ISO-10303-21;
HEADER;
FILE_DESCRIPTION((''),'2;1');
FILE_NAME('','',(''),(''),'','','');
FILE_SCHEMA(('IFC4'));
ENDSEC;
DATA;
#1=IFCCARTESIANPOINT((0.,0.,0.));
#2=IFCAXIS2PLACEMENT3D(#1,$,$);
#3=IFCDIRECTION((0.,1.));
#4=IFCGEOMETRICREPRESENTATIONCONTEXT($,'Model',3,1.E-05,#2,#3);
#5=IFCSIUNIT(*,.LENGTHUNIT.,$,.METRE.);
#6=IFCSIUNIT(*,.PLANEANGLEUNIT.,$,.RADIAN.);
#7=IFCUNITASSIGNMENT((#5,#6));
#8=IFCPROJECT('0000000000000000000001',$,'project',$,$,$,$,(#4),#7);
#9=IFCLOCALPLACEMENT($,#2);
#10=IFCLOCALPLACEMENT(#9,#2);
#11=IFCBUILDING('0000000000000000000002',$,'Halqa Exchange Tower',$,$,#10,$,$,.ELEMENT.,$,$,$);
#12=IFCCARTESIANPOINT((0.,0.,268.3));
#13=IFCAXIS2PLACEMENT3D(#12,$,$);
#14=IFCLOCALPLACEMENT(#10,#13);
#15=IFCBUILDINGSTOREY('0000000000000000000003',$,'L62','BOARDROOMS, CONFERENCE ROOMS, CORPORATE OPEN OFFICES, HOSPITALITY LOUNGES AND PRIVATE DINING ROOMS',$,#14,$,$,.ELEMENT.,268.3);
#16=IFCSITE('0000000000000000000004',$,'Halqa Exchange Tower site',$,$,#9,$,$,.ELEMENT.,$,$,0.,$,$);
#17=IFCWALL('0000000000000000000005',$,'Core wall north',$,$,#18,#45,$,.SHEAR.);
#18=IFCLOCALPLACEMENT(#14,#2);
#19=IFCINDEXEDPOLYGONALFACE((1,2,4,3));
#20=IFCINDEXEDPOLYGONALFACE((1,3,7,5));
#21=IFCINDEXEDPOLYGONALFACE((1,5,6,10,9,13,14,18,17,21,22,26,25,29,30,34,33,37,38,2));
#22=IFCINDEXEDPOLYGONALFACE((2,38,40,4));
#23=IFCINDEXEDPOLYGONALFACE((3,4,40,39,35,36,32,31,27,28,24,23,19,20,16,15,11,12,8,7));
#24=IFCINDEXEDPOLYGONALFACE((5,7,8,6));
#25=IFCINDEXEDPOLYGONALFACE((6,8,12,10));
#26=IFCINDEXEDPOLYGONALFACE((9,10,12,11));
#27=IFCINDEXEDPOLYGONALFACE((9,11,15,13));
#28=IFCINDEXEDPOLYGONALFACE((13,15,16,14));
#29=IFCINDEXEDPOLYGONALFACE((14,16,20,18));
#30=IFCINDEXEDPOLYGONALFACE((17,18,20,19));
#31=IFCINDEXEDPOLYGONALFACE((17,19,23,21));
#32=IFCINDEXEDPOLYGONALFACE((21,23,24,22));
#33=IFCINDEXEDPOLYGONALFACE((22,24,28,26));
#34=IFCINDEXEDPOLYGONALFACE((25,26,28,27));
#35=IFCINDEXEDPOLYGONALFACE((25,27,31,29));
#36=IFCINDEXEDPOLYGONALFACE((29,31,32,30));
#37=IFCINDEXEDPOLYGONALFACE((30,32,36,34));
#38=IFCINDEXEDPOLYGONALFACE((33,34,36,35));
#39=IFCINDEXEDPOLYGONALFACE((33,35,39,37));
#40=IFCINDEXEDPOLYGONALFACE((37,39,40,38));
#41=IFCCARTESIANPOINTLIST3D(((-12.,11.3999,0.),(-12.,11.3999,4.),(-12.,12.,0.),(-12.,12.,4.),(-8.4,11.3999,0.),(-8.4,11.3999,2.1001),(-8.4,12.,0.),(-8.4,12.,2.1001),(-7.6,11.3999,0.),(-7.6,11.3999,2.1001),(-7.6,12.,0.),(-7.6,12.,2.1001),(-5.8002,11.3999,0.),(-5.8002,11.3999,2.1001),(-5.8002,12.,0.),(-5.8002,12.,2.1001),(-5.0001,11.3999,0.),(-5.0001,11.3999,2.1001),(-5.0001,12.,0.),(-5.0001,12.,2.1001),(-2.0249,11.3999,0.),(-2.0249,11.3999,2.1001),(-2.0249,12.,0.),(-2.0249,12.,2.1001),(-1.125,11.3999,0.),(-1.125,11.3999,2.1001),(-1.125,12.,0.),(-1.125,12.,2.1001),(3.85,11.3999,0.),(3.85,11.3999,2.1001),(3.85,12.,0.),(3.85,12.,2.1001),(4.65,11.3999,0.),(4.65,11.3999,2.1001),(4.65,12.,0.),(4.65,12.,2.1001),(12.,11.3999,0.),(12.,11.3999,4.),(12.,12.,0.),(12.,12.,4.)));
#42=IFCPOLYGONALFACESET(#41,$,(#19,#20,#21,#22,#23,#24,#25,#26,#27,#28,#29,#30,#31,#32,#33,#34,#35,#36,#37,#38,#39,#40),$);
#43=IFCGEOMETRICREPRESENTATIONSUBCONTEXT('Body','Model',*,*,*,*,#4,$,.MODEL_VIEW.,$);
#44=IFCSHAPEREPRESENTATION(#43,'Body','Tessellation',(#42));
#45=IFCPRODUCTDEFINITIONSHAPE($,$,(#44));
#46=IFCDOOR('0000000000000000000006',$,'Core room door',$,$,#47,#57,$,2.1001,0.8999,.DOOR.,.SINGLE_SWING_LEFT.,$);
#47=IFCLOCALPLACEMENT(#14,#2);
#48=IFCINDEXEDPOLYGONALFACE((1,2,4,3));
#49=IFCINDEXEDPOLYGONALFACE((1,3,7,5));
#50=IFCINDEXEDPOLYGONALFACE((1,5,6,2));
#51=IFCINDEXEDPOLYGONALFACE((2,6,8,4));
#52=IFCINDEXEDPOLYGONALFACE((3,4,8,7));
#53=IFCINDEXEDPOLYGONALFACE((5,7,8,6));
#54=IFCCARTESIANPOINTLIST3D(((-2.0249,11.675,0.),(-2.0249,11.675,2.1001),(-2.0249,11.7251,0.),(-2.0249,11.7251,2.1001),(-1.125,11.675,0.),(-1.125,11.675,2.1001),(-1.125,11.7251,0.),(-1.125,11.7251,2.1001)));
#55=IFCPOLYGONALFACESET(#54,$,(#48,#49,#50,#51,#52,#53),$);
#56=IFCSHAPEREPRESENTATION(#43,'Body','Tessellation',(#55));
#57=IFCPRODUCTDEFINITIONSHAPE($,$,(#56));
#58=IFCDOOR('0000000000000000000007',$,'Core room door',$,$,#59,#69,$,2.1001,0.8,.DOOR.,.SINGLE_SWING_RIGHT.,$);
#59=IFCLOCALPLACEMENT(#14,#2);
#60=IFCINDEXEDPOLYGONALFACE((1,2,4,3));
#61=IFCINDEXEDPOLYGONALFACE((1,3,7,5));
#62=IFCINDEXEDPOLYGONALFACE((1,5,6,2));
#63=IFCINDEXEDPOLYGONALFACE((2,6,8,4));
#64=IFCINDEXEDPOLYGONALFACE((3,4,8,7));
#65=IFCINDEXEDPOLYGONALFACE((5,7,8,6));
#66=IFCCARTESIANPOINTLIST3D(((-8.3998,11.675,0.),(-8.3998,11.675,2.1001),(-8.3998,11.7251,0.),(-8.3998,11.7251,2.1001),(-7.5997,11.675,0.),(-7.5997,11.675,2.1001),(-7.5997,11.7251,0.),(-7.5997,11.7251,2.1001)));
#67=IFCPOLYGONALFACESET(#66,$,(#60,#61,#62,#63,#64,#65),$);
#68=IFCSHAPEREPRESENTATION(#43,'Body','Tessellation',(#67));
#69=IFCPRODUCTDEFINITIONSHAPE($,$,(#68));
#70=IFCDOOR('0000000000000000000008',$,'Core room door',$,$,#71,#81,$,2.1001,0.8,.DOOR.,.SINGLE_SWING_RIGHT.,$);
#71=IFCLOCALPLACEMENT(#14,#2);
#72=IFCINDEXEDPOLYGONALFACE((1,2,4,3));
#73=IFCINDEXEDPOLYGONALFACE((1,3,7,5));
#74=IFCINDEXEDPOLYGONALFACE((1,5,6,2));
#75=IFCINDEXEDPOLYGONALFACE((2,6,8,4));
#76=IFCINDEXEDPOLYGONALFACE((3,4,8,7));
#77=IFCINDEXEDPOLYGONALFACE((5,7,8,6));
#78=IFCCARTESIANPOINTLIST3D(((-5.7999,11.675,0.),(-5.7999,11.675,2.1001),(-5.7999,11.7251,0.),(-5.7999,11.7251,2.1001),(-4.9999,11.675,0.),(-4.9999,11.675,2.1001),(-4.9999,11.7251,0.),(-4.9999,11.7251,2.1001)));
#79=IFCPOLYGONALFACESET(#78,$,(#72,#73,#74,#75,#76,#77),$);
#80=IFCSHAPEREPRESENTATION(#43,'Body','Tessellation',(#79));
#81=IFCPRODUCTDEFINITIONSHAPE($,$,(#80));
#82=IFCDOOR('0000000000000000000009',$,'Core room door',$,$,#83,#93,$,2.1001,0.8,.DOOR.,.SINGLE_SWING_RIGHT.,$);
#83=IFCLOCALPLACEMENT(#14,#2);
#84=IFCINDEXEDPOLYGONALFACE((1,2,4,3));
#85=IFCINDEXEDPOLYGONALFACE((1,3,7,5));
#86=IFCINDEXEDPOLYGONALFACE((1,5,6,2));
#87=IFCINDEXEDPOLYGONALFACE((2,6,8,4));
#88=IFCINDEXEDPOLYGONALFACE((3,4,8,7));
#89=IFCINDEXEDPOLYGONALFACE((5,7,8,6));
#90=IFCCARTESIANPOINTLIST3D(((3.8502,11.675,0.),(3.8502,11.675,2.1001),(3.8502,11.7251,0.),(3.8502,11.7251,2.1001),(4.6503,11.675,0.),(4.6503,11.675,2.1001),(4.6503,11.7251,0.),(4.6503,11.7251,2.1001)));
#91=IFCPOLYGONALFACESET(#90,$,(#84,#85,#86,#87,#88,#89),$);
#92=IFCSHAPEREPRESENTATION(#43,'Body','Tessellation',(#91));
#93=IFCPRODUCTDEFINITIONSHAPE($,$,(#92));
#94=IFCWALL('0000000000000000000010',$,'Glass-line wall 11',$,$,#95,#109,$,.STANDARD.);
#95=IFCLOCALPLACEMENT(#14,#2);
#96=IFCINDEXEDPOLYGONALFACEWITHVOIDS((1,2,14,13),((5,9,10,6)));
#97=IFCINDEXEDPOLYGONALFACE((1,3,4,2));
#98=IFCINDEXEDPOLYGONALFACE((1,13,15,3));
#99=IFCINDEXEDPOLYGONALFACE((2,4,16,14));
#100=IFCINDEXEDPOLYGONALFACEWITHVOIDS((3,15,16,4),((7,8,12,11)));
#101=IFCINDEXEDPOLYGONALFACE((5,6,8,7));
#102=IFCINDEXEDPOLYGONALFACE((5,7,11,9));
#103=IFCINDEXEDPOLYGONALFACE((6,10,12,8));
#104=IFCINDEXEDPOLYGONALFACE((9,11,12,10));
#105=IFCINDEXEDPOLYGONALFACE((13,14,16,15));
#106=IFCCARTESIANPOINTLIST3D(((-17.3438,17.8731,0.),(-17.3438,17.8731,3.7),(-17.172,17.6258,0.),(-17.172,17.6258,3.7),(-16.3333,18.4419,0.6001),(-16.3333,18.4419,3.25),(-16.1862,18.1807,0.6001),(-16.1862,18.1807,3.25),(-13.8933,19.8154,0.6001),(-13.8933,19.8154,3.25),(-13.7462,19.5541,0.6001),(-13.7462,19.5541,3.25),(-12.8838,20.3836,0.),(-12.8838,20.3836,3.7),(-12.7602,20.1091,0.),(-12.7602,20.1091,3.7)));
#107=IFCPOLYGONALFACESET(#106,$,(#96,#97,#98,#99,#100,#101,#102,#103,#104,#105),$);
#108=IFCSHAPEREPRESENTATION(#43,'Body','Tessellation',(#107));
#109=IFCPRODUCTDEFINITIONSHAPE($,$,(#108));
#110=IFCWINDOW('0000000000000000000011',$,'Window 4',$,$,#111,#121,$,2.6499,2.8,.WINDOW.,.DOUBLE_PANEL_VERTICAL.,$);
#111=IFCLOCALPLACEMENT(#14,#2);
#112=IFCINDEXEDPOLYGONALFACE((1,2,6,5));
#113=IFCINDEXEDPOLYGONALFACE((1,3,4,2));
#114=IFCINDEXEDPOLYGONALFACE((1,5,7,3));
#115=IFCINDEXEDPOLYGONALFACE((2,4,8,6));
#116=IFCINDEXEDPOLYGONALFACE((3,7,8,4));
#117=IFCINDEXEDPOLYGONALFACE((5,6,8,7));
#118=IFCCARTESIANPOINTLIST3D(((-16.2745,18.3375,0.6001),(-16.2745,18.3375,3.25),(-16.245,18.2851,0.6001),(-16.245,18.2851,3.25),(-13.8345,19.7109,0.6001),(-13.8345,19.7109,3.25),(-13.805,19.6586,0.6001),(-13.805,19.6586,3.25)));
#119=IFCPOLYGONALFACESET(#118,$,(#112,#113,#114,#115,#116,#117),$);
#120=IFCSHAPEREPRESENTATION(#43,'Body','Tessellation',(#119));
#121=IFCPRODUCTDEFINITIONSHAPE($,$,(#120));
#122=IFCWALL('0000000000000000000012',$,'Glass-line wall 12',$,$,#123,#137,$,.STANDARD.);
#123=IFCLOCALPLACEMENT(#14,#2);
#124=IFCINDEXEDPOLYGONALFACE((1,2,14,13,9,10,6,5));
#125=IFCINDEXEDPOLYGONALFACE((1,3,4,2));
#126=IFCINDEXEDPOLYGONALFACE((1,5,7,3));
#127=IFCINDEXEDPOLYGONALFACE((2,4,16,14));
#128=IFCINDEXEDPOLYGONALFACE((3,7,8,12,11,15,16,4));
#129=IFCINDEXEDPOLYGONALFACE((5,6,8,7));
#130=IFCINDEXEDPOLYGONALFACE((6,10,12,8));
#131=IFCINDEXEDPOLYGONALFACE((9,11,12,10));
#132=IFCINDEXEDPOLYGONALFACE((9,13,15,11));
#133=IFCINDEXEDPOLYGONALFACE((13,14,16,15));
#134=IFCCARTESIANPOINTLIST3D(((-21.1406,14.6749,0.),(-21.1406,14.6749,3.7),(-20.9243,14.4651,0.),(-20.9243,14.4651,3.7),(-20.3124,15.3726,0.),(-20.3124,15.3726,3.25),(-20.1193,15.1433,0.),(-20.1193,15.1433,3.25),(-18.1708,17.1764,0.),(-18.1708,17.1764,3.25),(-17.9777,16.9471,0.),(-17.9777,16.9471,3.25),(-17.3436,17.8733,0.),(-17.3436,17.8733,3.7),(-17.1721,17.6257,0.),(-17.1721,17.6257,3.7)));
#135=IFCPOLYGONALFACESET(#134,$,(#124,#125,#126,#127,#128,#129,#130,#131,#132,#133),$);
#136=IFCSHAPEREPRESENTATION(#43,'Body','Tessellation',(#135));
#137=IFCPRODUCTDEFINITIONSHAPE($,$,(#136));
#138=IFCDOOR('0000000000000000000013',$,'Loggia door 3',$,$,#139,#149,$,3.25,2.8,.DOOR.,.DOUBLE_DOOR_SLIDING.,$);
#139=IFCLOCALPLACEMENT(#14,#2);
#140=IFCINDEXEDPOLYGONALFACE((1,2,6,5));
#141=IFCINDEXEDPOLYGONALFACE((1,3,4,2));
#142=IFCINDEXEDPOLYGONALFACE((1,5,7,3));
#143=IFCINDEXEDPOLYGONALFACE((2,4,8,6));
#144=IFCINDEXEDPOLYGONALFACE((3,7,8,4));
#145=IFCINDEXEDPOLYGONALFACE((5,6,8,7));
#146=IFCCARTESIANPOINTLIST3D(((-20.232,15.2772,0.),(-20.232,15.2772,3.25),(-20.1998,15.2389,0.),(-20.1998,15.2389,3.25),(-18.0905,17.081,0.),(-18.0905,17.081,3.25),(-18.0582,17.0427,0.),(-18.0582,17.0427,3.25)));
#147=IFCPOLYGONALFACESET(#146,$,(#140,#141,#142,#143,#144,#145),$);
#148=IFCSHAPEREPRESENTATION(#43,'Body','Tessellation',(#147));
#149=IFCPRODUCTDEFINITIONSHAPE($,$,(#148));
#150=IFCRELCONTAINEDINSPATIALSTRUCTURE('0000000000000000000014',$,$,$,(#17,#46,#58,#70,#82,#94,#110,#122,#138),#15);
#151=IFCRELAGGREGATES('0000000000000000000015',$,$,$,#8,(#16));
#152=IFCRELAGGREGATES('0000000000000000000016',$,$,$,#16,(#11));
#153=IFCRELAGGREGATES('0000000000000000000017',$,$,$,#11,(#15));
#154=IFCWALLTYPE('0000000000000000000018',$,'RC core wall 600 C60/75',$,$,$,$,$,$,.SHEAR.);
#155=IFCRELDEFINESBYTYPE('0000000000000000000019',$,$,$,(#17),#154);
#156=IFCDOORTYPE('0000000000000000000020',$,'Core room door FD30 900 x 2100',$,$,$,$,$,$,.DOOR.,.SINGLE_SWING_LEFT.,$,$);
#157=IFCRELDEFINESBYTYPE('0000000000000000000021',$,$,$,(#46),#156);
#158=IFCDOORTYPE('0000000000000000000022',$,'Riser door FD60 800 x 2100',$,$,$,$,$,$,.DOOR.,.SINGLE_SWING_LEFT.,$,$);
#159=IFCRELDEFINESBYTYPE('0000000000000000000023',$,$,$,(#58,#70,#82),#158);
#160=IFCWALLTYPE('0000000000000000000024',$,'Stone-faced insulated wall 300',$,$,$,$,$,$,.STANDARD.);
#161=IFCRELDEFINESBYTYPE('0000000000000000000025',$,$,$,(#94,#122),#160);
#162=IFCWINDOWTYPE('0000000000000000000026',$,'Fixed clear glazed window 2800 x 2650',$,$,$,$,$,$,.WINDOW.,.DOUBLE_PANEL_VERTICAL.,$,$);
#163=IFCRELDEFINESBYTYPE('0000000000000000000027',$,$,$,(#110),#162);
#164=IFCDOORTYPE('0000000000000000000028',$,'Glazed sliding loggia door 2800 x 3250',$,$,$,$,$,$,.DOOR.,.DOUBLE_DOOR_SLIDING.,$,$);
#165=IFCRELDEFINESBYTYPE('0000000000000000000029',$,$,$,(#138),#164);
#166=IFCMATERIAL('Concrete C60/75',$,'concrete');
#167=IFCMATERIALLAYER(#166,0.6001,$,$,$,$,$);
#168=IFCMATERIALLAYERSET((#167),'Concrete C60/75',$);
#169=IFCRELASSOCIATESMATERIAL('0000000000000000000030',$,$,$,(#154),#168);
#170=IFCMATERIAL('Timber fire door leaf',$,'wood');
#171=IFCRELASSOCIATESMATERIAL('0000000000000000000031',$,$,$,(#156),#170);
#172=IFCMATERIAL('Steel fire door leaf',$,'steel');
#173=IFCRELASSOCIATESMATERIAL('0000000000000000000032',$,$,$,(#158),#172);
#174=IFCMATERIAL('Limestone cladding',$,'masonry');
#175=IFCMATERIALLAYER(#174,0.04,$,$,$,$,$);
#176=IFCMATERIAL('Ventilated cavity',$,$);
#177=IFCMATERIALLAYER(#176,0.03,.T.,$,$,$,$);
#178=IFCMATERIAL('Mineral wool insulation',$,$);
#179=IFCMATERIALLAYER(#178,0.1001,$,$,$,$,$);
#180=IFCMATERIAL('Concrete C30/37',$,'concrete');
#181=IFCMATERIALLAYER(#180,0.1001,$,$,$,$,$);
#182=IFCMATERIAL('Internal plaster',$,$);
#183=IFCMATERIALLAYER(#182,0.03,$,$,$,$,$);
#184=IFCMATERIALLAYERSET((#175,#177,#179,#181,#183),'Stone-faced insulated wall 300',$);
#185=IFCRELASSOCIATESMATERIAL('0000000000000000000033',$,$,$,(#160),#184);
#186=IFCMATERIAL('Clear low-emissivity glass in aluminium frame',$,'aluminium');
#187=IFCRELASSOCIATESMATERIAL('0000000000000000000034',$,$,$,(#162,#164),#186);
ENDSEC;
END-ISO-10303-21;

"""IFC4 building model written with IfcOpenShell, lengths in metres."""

from ifc_helpers import new_model, si_unit, direction, frame, frame_2d, origin, place, context, subcontext, project, spatial, polyline, rectangle, outline, extrude, material, layer, layer_set, type_object, element, fill, save


model = new_model("IFC4")

# Units and contexts
model_context = context("Model", 3, precision=1e-05, world=origin(), true_north=direction((0.0, 1.0)))
body_context = subcontext(model_context, "Body", "Model", "MODEL_VIEW")
ifc_project = project(units=[si_unit("LENGTHUNIT", "METRE"), si_unit("PLANEANGLEUNIT", "RADIAN")], contexts=[model_context])

# Site, building, storey
site_placement = place(None, origin())
site = spatial("IfcSite", under=ifc_project, at=site_placement, Name="Halqa Exchange Tower site", CompositionType="ELEMENT", RefElevation=0.0)
building_placement = place(site_placement, origin())
building = spatial("IfcBuilding", under=site, at=building_placement, Name="Halqa Exchange Tower", CompositionType="ELEMENT")
storey_placement = place(building_placement, frame((0.0, 0.0, 268.3)))
storey = spatial("IfcBuildingStorey", under=building, at=storey_placement, Name="L62", Description="BOARDROOMS, CONFERENCE ROOMS, CORPORATE OPEN OFFICES, HOSPITALITY LOUNGES AND PRIVATE DINING ROOMS", CompositionType="ELEMENT", Elevation=268.3)

# Shared definitions
ifc_material_1 = material(Name="Concrete C60/75", Category="concrete")

# Wall, openings, doors
ifc_material_2 = material(Name="Steel fire door leaf", Category="steel")
ifc_layer_1 = layer(ifc_material_1, 0.6001)
ifc_layer_set_1 = layer_set([ifc_layer_1], Name="Concrete C60/75")
wall_type_1 = type_object("IfcWallType", Name="RC core wall 600 C60/75", PredefinedType="SHEAR", material=ifc_layer_set_1)
wall_1_placement = place(storey_placement, frame((-12.0, 11.7, 0.0), z_axis=(0.0, 0.0, 1.0), x_axis=(1.0, 0.0, 0.0)))
wall_1 = element("IfcWall", 1, at=wall_1_placement, inside=storey, type_object=wall_type_1, Name="Core wall north", PredefinedType="SHEAR", context=body_context, shape_type="SweptSolid", body=[
    extrude(rectangle(XDim=24.0, YDim=0.6001, at=frame_2d((12.0, 0.0))), origin(), (0.0, 0.0, 1.0), 4.0),
])
opening_1_placement = place(wall_1_placement, frame((9.9751, 0.0, 0.0)))
opening_1 = element("IfcOpeningElement", 2, at=opening_1_placement, cuts=wall_1, PredefinedType="OPENING", context=body_context, shape_type="SweptSolid", body=[
    extrude(rectangle(XDim=0.8999, YDim=2.1001, at=frame_2d((0.45, 1.05))), frame((0.0, 0.312, 0.0), z_axis=(0.0, -1.0, 0.0), x_axis=(1.0, 0.0, 0.0)), (0.0, 0.0, 1.0), 0.624),
])
opening_2_placement = place(wall_1_placement, frame((3.6001, 0.0, 0.0)))
opening_2 = element("IfcOpeningElement", 3, at=opening_2_placement, cuts=wall_1, PredefinedType="OPENING", context=body_context, shape_type="SweptSolid", body=[
    extrude(rectangle(XDim=0.8, YDim=2.1001, at=frame_2d((0.3999, 1.05))), frame((0.0, 0.312, 0.0), z_axis=(0.0, -1.0, 0.0), x_axis=(1.0, 0.0, 0.0)), (0.0, 0.0, 1.0), 0.624),
])
opening_3_placement = place(wall_1_placement, frame((6.2, 0.0, 0.0)))
opening_3 = element("IfcOpeningElement", 4, at=opening_3_placement, cuts=wall_1, PredefinedType="OPENING", context=body_context, shape_type="SweptSolid", body=[
    extrude(rectangle(XDim=0.8, YDim=2.1001, at=frame_2d((0.3999, 1.05))), frame((0.0, 0.312, 0.0), z_axis=(0.0, -1.0, 0.0), x_axis=(1.0, 0.0, 0.0)), (0.0, 0.0, 1.0), 0.624),
])
opening_4_placement = place(wall_1_placement, frame((15.8501, 0.0, 0.0)))
opening_4 = element("IfcOpeningElement", 5, at=opening_4_placement, cuts=wall_1, PredefinedType="OPENING", context=body_context, shape_type="SweptSolid", body=[
    extrude(rectangle(XDim=0.8, YDim=2.1001, at=frame_2d((0.3999, 1.05))), frame((0.0, 0.312, 0.0), z_axis=(0.0, -1.0, 0.0), x_axis=(1.0, 0.0, 0.0)), (0.0, 0.0, 1.0), 0.624),
])
ifc_material_3 = material(Name="Timber fire door leaf", Category="wood")
door_type_1 = type_object("IfcDoorType", Name="Core room door FD30 900 x 2100", OperationType="SINGLE_SWING_LEFT", PredefinedType="DOOR", material=ifc_material_3)
door_1_placement = place(opening_1_placement, frame((0.8999, 0.0, 0.0), z_axis=(0.0, 0.0, 1.0), x_axis=(-1.0, 0.0, 0.0)))
door_1 = element("IfcDoor", 6, at=door_1_placement, inside=storey, type_object=door_type_1, Name="Core room door", OperationType="SINGLE_SWING_LEFT", OverallHeight=2.1001, OverallWidth=0.8999, PredefinedType="DOOR", context=body_context, shape_type="SweptSolid", body=[
    extrude(rectangle(XDim=0.8999, YDim=2.1001, at=frame_2d((0.45, 1.05))), frame((0.0, 0.0249, 0.0), z_axis=(0.0, -1.0, 0.0), x_axis=(1.0, 0.0, 0.0)), (0.0, 0.0, 1.0), 0.05),
])
fill(opening_1, door_1)
door_type_2 = type_object("IfcDoorType", Name="Riser door FD60 800 x 2100", OperationType="SINGLE_SWING_LEFT", PredefinedType="DOOR", material=ifc_material_2)
door_2_placement = place(opening_2_placement, frame((0.8, 0.0, 0.0), z_axis=(0.0, 0.0, 1.0), x_axis=(-1.0, 0.0, 0.0)))
door_2 = element("IfcDoor", 7, at=door_2_placement, inside=storey, type_object=door_type_2, Name="Core room door", OperationType="SINGLE_SWING_RIGHT", OverallHeight=2.1001, OverallWidth=0.8, PredefinedType="DOOR", context=body_context, shape_type="SweptSolid", body=[
    extrude(rectangle(XDim=0.8, YDim=2.1001, at=frame_2d((0.3999, 1.05))), frame((0.0, 0.0249, 0.0), z_axis=(0.0, -1.0, 0.0), x_axis=(1.0, 0.0, 0.0)), (0.0, 0.0, 1.0), 0.05),
])
fill(opening_2, door_2)
door_3_placement = place(opening_3_placement, frame((0.8, 0.0, 0.0), z_axis=(0.0, 0.0, 1.0), x_axis=(-1.0, 0.0, 0.0)))
door_3 = element("IfcDoor", 8, at=door_3_placement, inside=storey, type_object=door_type_2, Name="Core room door", OperationType="SINGLE_SWING_RIGHT", OverallHeight=2.1001, OverallWidth=0.8, PredefinedType="DOOR", context=body_context, shape_type="SweptSolid", body=[
    extrude(rectangle(XDim=0.8, YDim=2.1001, at=frame_2d((0.3999, 1.05))), frame((0.0, 0.0249, 0.0), z_axis=(0.0, -1.0, 0.0), x_axis=(1.0, 0.0, 0.0)), (0.0, 0.0, 1.0), 0.05),
])
fill(opening_3, door_3)
door_4_placement = place(opening_4_placement, frame((0.8, 0.0, 0.0), z_axis=(0.0, 0.0, 1.0), x_axis=(-1.0, 0.0, 0.0)))
door_4 = element("IfcDoor", 9, at=door_4_placement, inside=storey, type_object=door_type_2, Name="Core room door", OperationType="SINGLE_SWING_RIGHT", OverallHeight=2.1001, OverallWidth=0.8, PredefinedType="DOOR", context=body_context, shape_type="SweptSolid", body=[
    extrude(rectangle(XDim=0.8, YDim=2.1001, at=frame_2d((0.3999, 1.05))), frame((0.0, 0.0249, 0.0), z_axis=(0.0, -1.0, 0.0), x_axis=(1.0, 0.0, 0.0)), (0.0, 0.0, 1.0), 0.05),
])
fill(opening_4, door_4)

# Wall, opening, window
ifc_material_4 = material(Name="Limestone cladding", Category="masonry")
ifc_layer_2 = layer(ifc_material_4, 0.04)
ifc_material_5 = material(Name="Ventilated cavity")
ifc_layer_3 = layer(ifc_material_5, 0.03, ventilated=True)
ifc_material_6 = material(Name="Mineral wool insulation")
ifc_layer_4 = layer(ifc_material_6, 0.1001)
ifc_material_7 = material(Name="Concrete C30/37", Category="concrete")
ifc_layer_5 = layer(ifc_material_7, 0.1001)
ifc_material_8 = material(Name="Internal plaster")
ifc_layer_6 = layer(ifc_material_8, 0.03)
ifc_layer_set_2 = layer_set([ifc_layer_2, ifc_layer_3, ifc_layer_4, ifc_layer_5, ifc_layer_6], Name="Stone-faced insulated wall 300")
wall_type_2 = type_object("IfcWallType", Name="Stone-faced insulated wall 300", PredefinedType="STANDARD", material=ifc_layer_set_2)
wall_2_placement = place(storey_placement, frame((-12.822, 20.2463, 0.0), z_axis=(0.0, 0.0, 1.0), x_axis=(-0.871433, -0.490514, 0.0)))
wall_2 = element("IfcWall", 10, at=wall_2_placement, inside=storey, type_object=wall_type_2, Name="Glass-line wall 11", PredefinedType="STANDARD", context=body_context, shape_type="SweptSolid", body=[
    extrude(outline(polyline([(-0.0134, -0.1499), (5.1045, -0.1499), (5.0762, 0.1499), (0.0134, 0.1499), (-0.0134, -0.1499)])), origin(), (0.0, 0.0, 1.0), 3.7),
])
opening_5_placement = place(wall_2_placement, frame((1.145, 0.0, 0.6001)))
opening_5 = element("IfcOpeningElement", 11, at=opening_5_placement, cuts=wall_2, PredefinedType="OPENING", context=body_context, shape_type="SweptSolid", body=[
    extrude(rectangle(XDim=2.8, YDim=2.6499, at=frame_2d((1.3999, 1.325))), frame((0.0, 0.1621, 0.0), z_axis=(0.0, -1.0, 0.0), x_axis=(1.0, 0.0, 0.0)), (0.0, 0.0, 1.0), 0.324),
])
ifc_material_9 = material(Name="Clear low-emissivity glass in aluminium frame", Category="aluminium")
window_type = type_object("IfcWindowType", Name="Fixed clear glazed window 2800 x 2650", PartitioningType="DOUBLE_PANEL_VERTICAL", PredefinedType="WINDOW", material=ifc_material_9)
window_1_placement = place(opening_5_placement, origin())
window_1 = element("IfcWindow", 12, at=window_1_placement, inside=storey, type_object=window_type, Name="Window 4", OverallHeight=2.6499, OverallWidth=2.8, PartitioningType="DOUBLE_PANEL_VERTICAL", PredefinedType="WINDOW", context=body_context, shape_type="SweptSolid", body=[
    extrude(rectangle(XDim=2.8, YDim=2.6499, at=frame_2d((1.3999, 1.325))), frame((0.0, 0.03, 0.0), z_axis=(0.0, -1.0, 0.0), x_axis=(1.0, 0.0, 0.0)), (0.0, 0.0, 1.0), 0.0601),
])
fill(opening_5, window_1)

# Wall, opening, door
wall_3_placement = place(storey_placement, frame((-17.2578, 17.7495, 0.0), z_axis=(0.0, 0.0, 1.0), x_axis=(-0.764833, -0.644229, 0.0)))
wall_3 = element("IfcWall", 13, at=wall_3_placement, inside=storey, type_object=wall_type_2, Name="Glass-line wall 12", PredefinedType="STANDARD", context=body_context, shape_type="SweptSolid", body=[
    extrude(outline(polyline([(-0.0142, -0.1499), (4.9504, -0.1499), (4.9202, 0.1499), (0.0142, 0.1499), (-0.0142, -0.1499)])), origin(), (0.0, 0.0, 1.0), 3.7),
])
opening_6_placement = place(wall_3_placement, frame((1.0676, 0.0, 0.0)))
opening_6 = element("IfcOpeningElement", 14, at=opening_6_placement, cuts=wall_3, PredefinedType="OPENING", context=body_context, shape_type="SweptSolid", body=[
    extrude(rectangle(XDim=2.8, YDim=3.25, at=frame_2d((1.3999, 1.625))), frame((0.0, 0.1621, 0.0), z_axis=(0.0, -1.0, 0.0), x_axis=(1.0, 0.0, 0.0)), (0.0, 0.0, 1.0), 0.324),
])
door_type_3 = type_object("IfcDoorType", Name="Glazed sliding loggia door 2800 x 3250", OperationType="DOUBLE_DOOR_SLIDING", PredefinedType="DOOR", material=ifc_material_9)
door_5_placement = place(opening_6_placement, origin())
door_5 = element("IfcDoor", 15, at=door_5_placement, inside=storey, type_object=door_type_3, Name="Loggia door 3", OperationType="DOUBLE_DOOR_SLIDING", OverallHeight=3.25, OverallWidth=2.8, PredefinedType="DOOR", context=body_context, shape_type="SweptSolid", body=[
    extrude(rectangle(XDim=2.8, YDim=3.25, at=frame_2d((1.3999, 1.625))), frame((0.0, 0.0249, 0.0), z_axis=(0.0, -1.0, 0.0), x_axis=(1.0, 0.0, 0.0)), (0.0, 0.0, 1.0), 0.05),
])
fill(opening_6, door_5)

save(model, "model.ifc")
